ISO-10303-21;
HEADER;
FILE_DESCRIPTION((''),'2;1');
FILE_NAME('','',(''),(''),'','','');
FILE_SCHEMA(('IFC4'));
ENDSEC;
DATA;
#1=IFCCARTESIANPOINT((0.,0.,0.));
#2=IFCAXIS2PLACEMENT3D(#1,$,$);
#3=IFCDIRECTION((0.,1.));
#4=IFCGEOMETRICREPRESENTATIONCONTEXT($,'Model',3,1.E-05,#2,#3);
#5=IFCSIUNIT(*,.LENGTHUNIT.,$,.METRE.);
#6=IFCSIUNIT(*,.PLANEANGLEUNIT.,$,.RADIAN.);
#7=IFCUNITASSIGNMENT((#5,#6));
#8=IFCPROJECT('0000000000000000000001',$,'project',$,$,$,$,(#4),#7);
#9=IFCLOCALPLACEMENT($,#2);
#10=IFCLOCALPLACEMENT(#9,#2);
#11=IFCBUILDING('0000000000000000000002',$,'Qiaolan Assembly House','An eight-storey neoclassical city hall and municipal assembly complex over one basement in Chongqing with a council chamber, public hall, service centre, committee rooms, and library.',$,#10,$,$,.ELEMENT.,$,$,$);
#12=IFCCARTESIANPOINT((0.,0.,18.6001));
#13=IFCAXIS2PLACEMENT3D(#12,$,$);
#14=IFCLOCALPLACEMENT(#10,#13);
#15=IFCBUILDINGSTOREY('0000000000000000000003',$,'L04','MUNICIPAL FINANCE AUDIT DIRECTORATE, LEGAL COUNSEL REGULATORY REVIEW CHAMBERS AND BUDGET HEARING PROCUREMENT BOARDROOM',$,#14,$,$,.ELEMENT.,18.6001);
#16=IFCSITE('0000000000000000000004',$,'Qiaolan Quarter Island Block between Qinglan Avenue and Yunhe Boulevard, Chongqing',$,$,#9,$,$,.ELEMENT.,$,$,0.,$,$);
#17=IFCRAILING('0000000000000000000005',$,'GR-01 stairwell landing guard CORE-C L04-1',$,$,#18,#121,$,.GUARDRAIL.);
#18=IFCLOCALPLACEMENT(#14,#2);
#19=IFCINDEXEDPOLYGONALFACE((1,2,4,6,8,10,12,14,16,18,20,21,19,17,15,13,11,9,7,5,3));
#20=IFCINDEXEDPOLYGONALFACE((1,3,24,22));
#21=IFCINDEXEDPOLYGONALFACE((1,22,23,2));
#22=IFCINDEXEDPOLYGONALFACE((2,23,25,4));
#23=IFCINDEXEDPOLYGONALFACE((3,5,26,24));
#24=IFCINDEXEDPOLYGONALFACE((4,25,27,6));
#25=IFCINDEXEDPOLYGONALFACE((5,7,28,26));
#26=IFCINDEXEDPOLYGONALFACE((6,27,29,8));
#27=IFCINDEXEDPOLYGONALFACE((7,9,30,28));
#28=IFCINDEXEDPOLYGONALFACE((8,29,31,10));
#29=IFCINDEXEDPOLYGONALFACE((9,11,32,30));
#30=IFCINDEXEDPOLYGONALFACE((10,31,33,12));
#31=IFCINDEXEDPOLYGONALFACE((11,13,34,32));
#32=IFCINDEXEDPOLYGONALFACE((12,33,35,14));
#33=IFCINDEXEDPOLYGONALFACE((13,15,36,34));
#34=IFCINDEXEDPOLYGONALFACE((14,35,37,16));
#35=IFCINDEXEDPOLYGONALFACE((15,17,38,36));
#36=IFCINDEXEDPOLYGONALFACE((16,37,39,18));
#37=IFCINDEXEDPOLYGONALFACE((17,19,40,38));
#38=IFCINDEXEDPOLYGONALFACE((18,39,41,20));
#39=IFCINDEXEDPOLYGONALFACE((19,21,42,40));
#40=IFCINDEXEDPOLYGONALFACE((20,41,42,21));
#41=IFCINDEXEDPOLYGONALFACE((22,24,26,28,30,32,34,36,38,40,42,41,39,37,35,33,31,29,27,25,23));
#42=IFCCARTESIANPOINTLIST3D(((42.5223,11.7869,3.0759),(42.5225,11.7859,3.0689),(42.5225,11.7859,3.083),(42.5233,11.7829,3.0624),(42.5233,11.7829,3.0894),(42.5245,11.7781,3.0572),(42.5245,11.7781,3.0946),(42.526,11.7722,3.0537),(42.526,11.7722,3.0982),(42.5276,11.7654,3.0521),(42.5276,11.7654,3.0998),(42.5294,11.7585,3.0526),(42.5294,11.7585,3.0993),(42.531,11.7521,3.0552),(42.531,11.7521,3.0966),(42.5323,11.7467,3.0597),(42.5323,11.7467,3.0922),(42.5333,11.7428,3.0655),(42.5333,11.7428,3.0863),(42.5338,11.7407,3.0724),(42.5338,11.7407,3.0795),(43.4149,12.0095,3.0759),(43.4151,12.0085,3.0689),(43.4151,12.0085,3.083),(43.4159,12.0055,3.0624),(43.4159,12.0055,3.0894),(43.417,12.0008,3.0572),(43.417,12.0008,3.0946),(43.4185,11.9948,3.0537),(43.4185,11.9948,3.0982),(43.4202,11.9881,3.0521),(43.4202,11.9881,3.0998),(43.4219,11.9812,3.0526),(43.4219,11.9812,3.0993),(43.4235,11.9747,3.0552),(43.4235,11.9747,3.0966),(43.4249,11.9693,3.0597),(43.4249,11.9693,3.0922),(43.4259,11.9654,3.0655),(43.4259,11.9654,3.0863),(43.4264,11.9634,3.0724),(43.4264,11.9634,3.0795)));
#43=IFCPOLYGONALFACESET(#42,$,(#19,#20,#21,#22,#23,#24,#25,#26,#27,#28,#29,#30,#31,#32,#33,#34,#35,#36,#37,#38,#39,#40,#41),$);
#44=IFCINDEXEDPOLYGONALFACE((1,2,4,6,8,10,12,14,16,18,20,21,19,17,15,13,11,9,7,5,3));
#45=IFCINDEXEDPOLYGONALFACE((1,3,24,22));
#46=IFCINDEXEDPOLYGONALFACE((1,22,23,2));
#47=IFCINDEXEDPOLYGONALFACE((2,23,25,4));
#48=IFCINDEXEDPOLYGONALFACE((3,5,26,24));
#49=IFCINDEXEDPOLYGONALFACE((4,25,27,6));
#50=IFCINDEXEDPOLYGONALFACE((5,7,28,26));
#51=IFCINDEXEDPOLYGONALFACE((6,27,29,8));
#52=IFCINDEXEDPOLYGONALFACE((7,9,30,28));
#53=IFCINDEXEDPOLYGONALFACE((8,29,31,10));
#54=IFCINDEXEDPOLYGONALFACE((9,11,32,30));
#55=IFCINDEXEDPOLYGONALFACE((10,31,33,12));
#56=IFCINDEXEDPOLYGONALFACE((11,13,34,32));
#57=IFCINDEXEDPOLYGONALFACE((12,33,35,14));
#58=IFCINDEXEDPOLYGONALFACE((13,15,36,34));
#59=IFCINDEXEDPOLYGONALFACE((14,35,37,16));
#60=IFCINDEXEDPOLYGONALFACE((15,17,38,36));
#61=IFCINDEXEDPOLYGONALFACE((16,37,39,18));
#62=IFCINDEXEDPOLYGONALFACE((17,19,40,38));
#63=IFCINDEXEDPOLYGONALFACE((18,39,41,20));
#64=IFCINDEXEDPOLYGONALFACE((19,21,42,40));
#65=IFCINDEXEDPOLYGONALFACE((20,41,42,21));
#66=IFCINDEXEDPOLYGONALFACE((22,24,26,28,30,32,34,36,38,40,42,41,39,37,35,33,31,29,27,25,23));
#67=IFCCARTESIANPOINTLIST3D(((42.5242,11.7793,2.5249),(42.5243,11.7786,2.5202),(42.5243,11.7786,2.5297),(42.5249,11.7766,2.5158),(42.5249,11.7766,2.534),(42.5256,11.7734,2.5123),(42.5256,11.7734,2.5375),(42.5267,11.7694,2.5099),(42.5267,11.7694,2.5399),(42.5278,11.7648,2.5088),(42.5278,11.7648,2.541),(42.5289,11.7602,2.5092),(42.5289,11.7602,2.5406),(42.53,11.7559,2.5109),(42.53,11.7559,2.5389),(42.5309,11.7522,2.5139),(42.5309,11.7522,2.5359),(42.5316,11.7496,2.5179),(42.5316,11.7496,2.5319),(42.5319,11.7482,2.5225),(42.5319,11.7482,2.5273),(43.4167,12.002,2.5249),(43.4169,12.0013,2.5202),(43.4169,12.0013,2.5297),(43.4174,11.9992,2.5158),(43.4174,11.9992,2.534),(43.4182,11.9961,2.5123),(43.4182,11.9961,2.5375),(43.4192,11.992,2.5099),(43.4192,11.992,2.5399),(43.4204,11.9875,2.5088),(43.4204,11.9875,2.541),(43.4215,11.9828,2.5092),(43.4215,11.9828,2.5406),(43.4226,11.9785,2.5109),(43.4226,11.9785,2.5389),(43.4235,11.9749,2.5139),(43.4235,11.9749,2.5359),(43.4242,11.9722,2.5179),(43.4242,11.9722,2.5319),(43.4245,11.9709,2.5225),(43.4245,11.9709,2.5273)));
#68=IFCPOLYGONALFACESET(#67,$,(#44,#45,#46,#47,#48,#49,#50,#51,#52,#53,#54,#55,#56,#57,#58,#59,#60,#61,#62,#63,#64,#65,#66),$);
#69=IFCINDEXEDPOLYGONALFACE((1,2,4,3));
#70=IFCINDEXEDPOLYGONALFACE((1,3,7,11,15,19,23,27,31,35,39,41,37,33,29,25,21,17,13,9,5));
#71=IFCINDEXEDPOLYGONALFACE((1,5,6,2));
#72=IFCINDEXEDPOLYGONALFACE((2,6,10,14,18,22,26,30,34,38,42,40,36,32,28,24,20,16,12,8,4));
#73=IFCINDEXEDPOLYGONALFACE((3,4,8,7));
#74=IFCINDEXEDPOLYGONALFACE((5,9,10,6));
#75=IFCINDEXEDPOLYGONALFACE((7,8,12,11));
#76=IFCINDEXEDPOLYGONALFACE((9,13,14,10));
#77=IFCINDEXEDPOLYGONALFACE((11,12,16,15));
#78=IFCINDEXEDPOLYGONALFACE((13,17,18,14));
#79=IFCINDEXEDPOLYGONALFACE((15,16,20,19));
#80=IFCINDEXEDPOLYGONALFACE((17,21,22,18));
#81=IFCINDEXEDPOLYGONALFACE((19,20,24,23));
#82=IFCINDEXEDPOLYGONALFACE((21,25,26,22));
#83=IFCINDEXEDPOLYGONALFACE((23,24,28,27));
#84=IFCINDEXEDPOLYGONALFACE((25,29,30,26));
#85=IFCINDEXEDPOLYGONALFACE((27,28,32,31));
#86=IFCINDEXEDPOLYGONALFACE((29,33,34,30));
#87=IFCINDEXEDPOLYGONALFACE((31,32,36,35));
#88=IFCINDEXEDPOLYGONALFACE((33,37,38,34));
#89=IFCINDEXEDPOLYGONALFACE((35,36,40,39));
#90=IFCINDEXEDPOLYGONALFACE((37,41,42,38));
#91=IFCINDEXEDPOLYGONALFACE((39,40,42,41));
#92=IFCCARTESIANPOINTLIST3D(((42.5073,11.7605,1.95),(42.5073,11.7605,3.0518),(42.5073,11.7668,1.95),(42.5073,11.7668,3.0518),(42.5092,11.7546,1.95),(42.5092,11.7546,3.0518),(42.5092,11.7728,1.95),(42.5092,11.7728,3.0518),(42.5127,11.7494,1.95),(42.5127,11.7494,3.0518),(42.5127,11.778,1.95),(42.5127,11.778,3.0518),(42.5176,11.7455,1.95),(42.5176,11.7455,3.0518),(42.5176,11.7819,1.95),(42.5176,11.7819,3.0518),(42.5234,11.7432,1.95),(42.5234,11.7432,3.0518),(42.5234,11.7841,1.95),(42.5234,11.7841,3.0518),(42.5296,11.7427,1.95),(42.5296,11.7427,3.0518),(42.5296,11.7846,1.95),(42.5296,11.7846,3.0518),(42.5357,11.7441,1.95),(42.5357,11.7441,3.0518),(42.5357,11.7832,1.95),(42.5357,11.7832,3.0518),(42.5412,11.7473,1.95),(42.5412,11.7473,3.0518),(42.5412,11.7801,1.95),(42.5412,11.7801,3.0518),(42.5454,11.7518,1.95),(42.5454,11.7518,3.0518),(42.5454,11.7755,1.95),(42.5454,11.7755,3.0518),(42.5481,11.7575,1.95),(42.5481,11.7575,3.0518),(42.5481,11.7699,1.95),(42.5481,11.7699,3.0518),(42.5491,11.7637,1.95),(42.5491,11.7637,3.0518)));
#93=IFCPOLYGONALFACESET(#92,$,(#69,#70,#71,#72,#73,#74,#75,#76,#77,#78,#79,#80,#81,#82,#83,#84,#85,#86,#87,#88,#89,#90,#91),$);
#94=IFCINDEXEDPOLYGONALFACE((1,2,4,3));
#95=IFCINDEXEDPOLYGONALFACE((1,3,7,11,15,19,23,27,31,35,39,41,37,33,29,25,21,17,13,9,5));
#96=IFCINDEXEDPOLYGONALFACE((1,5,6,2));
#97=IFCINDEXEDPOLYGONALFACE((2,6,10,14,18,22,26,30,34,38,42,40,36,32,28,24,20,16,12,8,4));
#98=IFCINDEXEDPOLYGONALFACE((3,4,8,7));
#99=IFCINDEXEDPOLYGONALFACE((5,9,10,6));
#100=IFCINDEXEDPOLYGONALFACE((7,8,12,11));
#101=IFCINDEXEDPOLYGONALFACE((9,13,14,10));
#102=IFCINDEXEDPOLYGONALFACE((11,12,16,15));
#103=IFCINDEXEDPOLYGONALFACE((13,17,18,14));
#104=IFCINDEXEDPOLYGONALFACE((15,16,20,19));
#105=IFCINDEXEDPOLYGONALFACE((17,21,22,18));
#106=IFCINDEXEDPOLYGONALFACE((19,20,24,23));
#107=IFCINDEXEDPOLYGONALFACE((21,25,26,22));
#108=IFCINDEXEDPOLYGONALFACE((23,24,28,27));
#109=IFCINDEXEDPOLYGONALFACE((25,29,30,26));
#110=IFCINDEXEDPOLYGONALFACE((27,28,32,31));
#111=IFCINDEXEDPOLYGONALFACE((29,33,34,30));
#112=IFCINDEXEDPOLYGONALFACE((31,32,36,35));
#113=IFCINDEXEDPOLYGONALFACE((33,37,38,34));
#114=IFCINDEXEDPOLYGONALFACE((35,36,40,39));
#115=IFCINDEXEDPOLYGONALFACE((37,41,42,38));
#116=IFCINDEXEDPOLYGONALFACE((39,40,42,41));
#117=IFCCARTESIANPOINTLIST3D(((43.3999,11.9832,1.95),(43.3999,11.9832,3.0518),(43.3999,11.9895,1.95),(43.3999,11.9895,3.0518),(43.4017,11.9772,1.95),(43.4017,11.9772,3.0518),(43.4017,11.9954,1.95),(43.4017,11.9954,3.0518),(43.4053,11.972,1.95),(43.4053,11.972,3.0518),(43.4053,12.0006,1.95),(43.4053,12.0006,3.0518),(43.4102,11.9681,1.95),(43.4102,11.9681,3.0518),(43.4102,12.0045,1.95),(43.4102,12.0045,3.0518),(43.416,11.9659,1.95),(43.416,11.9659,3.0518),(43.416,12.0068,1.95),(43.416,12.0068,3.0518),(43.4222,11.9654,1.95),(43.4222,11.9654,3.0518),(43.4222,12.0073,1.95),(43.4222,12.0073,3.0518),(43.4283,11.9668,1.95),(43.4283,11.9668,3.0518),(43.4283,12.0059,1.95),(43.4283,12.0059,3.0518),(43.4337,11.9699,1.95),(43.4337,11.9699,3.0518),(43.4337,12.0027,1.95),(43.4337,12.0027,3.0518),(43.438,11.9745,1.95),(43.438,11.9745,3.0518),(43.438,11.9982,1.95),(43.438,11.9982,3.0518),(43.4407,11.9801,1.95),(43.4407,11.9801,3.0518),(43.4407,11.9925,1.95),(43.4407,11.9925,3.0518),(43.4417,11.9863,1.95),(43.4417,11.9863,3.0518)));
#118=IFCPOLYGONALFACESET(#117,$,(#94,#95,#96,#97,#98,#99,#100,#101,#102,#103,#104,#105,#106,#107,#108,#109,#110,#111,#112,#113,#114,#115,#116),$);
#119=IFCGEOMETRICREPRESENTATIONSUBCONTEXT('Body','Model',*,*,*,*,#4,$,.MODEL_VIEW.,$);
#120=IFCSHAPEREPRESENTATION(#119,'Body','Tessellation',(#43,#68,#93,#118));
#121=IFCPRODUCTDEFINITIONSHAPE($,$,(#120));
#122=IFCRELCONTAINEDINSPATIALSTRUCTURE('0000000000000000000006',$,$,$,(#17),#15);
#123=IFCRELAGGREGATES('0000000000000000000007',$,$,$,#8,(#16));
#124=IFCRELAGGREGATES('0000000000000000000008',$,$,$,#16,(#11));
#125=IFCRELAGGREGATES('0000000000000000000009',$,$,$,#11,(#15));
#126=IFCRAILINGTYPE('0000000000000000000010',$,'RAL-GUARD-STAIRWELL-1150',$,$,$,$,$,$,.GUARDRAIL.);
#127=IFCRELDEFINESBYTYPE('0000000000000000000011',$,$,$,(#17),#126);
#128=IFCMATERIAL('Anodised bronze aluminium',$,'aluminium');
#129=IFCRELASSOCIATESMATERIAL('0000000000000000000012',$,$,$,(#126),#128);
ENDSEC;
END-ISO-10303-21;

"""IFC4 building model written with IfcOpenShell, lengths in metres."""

from ifc_helpers import new_model, si_unit, direction, frame, origin, origin_2d, place, context, subcontext, project, spatial, circle, extrude, material, type_object, element, save


model = new_model("IFC4")

# Units and contexts
model_context = context("Model", 3, precision=1e-05, world=origin(), true_north=direction((0.0, 1.0)))
body_context = subcontext(model_context, "Body", "Model", "MODEL_VIEW")
ifc_project = project(units=[si_unit("LENGTHUNIT", "METRE"), si_unit("PLANEANGLEUNIT", "RADIAN")], contexts=[model_context])

# Site, building, storey
site_placement = place(None, origin())
site = spatial("IfcSite", under=ifc_project, at=site_placement, Name="Qiaolan Quarter Island Block between Qinglan Avenue and Yunhe Boulevard, Chongqing", CompositionType="ELEMENT", RefElevation=0.0)
building_placement = place(site_placement, origin())
building = spatial("IfcBuilding", under=site, at=building_placement, Name="Qiaolan Assembly House", Description="An eight-storey neoclassical city hall and municipal assembly complex over one basement in Chongqing with a council chamber, public hall, service centre, committee rooms, and library.", CompositionType="ELEMENT")
storey_placement = place(building_placement, frame((0.0, 0.0, 18.6001)))
storey = spatial("IfcBuildingStorey", under=building, at=storey_placement, Name="L04", Description="MUNICIPAL FINANCE AUDIT DIRECTORATE, LEGAL COUNSEL REGULATORY REVIEW CHAMBERS AND BUDGET HEARING PROCUREMENT BOARDROOM", CompositionType="ELEMENT", Elevation=18.6001)

# Railing
ifc_material_1 = material(Name="Anodised bronze aluminium", Category="aluminium")
railing_type_1 = type_object("IfcRailingType", Name="RAL-GUARD-STAIRWELL-1150", PredefinedType="GUARDRAIL", material=ifc_material_1)
railing_1_placement = place(storey_placement, frame((42.5281, 11.7637, 1.95)))
element("IfcRailing", 1, at=railing_1_placement, inside=storey, type_object=railing_type_1, Name="GR-01 stairwell landing guard CORE-C L04-1", PredefinedType="GUARDRAIL", context=body_context, shape_type="SweptSolid", body=[
    extrude(circle(Radius=0.0239, at=origin_2d()), frame((0.0, 0.0, 1.126), z_axis=(0.970267, 0.242036, 0.0), x_axis=(-0.242036, 0.970267, 0.0)), (0.0, 0.0, 1.0), 0.9199),
    extrude(circle(Radius=0.0161, at=origin_2d()), frame((0.0, 0.0, 0.575), z_axis=(0.970267, 0.242036, 0.0), x_axis=(-0.242036, 0.970267, 0.0)), (0.0, 0.0, 1.0), 0.9199),
    extrude(circle(Radius=0.021, at=origin_2d()), origin(), (0.0, 0.0, 1.0), 1.1018),
    extrude(circle(Radius=0.021, at=origin_2d()), frame((0.8926, 0.2227, 0.0)), (0.0, 0.0, 1.0), 1.1018),
])

save(model, "model.ifc")
